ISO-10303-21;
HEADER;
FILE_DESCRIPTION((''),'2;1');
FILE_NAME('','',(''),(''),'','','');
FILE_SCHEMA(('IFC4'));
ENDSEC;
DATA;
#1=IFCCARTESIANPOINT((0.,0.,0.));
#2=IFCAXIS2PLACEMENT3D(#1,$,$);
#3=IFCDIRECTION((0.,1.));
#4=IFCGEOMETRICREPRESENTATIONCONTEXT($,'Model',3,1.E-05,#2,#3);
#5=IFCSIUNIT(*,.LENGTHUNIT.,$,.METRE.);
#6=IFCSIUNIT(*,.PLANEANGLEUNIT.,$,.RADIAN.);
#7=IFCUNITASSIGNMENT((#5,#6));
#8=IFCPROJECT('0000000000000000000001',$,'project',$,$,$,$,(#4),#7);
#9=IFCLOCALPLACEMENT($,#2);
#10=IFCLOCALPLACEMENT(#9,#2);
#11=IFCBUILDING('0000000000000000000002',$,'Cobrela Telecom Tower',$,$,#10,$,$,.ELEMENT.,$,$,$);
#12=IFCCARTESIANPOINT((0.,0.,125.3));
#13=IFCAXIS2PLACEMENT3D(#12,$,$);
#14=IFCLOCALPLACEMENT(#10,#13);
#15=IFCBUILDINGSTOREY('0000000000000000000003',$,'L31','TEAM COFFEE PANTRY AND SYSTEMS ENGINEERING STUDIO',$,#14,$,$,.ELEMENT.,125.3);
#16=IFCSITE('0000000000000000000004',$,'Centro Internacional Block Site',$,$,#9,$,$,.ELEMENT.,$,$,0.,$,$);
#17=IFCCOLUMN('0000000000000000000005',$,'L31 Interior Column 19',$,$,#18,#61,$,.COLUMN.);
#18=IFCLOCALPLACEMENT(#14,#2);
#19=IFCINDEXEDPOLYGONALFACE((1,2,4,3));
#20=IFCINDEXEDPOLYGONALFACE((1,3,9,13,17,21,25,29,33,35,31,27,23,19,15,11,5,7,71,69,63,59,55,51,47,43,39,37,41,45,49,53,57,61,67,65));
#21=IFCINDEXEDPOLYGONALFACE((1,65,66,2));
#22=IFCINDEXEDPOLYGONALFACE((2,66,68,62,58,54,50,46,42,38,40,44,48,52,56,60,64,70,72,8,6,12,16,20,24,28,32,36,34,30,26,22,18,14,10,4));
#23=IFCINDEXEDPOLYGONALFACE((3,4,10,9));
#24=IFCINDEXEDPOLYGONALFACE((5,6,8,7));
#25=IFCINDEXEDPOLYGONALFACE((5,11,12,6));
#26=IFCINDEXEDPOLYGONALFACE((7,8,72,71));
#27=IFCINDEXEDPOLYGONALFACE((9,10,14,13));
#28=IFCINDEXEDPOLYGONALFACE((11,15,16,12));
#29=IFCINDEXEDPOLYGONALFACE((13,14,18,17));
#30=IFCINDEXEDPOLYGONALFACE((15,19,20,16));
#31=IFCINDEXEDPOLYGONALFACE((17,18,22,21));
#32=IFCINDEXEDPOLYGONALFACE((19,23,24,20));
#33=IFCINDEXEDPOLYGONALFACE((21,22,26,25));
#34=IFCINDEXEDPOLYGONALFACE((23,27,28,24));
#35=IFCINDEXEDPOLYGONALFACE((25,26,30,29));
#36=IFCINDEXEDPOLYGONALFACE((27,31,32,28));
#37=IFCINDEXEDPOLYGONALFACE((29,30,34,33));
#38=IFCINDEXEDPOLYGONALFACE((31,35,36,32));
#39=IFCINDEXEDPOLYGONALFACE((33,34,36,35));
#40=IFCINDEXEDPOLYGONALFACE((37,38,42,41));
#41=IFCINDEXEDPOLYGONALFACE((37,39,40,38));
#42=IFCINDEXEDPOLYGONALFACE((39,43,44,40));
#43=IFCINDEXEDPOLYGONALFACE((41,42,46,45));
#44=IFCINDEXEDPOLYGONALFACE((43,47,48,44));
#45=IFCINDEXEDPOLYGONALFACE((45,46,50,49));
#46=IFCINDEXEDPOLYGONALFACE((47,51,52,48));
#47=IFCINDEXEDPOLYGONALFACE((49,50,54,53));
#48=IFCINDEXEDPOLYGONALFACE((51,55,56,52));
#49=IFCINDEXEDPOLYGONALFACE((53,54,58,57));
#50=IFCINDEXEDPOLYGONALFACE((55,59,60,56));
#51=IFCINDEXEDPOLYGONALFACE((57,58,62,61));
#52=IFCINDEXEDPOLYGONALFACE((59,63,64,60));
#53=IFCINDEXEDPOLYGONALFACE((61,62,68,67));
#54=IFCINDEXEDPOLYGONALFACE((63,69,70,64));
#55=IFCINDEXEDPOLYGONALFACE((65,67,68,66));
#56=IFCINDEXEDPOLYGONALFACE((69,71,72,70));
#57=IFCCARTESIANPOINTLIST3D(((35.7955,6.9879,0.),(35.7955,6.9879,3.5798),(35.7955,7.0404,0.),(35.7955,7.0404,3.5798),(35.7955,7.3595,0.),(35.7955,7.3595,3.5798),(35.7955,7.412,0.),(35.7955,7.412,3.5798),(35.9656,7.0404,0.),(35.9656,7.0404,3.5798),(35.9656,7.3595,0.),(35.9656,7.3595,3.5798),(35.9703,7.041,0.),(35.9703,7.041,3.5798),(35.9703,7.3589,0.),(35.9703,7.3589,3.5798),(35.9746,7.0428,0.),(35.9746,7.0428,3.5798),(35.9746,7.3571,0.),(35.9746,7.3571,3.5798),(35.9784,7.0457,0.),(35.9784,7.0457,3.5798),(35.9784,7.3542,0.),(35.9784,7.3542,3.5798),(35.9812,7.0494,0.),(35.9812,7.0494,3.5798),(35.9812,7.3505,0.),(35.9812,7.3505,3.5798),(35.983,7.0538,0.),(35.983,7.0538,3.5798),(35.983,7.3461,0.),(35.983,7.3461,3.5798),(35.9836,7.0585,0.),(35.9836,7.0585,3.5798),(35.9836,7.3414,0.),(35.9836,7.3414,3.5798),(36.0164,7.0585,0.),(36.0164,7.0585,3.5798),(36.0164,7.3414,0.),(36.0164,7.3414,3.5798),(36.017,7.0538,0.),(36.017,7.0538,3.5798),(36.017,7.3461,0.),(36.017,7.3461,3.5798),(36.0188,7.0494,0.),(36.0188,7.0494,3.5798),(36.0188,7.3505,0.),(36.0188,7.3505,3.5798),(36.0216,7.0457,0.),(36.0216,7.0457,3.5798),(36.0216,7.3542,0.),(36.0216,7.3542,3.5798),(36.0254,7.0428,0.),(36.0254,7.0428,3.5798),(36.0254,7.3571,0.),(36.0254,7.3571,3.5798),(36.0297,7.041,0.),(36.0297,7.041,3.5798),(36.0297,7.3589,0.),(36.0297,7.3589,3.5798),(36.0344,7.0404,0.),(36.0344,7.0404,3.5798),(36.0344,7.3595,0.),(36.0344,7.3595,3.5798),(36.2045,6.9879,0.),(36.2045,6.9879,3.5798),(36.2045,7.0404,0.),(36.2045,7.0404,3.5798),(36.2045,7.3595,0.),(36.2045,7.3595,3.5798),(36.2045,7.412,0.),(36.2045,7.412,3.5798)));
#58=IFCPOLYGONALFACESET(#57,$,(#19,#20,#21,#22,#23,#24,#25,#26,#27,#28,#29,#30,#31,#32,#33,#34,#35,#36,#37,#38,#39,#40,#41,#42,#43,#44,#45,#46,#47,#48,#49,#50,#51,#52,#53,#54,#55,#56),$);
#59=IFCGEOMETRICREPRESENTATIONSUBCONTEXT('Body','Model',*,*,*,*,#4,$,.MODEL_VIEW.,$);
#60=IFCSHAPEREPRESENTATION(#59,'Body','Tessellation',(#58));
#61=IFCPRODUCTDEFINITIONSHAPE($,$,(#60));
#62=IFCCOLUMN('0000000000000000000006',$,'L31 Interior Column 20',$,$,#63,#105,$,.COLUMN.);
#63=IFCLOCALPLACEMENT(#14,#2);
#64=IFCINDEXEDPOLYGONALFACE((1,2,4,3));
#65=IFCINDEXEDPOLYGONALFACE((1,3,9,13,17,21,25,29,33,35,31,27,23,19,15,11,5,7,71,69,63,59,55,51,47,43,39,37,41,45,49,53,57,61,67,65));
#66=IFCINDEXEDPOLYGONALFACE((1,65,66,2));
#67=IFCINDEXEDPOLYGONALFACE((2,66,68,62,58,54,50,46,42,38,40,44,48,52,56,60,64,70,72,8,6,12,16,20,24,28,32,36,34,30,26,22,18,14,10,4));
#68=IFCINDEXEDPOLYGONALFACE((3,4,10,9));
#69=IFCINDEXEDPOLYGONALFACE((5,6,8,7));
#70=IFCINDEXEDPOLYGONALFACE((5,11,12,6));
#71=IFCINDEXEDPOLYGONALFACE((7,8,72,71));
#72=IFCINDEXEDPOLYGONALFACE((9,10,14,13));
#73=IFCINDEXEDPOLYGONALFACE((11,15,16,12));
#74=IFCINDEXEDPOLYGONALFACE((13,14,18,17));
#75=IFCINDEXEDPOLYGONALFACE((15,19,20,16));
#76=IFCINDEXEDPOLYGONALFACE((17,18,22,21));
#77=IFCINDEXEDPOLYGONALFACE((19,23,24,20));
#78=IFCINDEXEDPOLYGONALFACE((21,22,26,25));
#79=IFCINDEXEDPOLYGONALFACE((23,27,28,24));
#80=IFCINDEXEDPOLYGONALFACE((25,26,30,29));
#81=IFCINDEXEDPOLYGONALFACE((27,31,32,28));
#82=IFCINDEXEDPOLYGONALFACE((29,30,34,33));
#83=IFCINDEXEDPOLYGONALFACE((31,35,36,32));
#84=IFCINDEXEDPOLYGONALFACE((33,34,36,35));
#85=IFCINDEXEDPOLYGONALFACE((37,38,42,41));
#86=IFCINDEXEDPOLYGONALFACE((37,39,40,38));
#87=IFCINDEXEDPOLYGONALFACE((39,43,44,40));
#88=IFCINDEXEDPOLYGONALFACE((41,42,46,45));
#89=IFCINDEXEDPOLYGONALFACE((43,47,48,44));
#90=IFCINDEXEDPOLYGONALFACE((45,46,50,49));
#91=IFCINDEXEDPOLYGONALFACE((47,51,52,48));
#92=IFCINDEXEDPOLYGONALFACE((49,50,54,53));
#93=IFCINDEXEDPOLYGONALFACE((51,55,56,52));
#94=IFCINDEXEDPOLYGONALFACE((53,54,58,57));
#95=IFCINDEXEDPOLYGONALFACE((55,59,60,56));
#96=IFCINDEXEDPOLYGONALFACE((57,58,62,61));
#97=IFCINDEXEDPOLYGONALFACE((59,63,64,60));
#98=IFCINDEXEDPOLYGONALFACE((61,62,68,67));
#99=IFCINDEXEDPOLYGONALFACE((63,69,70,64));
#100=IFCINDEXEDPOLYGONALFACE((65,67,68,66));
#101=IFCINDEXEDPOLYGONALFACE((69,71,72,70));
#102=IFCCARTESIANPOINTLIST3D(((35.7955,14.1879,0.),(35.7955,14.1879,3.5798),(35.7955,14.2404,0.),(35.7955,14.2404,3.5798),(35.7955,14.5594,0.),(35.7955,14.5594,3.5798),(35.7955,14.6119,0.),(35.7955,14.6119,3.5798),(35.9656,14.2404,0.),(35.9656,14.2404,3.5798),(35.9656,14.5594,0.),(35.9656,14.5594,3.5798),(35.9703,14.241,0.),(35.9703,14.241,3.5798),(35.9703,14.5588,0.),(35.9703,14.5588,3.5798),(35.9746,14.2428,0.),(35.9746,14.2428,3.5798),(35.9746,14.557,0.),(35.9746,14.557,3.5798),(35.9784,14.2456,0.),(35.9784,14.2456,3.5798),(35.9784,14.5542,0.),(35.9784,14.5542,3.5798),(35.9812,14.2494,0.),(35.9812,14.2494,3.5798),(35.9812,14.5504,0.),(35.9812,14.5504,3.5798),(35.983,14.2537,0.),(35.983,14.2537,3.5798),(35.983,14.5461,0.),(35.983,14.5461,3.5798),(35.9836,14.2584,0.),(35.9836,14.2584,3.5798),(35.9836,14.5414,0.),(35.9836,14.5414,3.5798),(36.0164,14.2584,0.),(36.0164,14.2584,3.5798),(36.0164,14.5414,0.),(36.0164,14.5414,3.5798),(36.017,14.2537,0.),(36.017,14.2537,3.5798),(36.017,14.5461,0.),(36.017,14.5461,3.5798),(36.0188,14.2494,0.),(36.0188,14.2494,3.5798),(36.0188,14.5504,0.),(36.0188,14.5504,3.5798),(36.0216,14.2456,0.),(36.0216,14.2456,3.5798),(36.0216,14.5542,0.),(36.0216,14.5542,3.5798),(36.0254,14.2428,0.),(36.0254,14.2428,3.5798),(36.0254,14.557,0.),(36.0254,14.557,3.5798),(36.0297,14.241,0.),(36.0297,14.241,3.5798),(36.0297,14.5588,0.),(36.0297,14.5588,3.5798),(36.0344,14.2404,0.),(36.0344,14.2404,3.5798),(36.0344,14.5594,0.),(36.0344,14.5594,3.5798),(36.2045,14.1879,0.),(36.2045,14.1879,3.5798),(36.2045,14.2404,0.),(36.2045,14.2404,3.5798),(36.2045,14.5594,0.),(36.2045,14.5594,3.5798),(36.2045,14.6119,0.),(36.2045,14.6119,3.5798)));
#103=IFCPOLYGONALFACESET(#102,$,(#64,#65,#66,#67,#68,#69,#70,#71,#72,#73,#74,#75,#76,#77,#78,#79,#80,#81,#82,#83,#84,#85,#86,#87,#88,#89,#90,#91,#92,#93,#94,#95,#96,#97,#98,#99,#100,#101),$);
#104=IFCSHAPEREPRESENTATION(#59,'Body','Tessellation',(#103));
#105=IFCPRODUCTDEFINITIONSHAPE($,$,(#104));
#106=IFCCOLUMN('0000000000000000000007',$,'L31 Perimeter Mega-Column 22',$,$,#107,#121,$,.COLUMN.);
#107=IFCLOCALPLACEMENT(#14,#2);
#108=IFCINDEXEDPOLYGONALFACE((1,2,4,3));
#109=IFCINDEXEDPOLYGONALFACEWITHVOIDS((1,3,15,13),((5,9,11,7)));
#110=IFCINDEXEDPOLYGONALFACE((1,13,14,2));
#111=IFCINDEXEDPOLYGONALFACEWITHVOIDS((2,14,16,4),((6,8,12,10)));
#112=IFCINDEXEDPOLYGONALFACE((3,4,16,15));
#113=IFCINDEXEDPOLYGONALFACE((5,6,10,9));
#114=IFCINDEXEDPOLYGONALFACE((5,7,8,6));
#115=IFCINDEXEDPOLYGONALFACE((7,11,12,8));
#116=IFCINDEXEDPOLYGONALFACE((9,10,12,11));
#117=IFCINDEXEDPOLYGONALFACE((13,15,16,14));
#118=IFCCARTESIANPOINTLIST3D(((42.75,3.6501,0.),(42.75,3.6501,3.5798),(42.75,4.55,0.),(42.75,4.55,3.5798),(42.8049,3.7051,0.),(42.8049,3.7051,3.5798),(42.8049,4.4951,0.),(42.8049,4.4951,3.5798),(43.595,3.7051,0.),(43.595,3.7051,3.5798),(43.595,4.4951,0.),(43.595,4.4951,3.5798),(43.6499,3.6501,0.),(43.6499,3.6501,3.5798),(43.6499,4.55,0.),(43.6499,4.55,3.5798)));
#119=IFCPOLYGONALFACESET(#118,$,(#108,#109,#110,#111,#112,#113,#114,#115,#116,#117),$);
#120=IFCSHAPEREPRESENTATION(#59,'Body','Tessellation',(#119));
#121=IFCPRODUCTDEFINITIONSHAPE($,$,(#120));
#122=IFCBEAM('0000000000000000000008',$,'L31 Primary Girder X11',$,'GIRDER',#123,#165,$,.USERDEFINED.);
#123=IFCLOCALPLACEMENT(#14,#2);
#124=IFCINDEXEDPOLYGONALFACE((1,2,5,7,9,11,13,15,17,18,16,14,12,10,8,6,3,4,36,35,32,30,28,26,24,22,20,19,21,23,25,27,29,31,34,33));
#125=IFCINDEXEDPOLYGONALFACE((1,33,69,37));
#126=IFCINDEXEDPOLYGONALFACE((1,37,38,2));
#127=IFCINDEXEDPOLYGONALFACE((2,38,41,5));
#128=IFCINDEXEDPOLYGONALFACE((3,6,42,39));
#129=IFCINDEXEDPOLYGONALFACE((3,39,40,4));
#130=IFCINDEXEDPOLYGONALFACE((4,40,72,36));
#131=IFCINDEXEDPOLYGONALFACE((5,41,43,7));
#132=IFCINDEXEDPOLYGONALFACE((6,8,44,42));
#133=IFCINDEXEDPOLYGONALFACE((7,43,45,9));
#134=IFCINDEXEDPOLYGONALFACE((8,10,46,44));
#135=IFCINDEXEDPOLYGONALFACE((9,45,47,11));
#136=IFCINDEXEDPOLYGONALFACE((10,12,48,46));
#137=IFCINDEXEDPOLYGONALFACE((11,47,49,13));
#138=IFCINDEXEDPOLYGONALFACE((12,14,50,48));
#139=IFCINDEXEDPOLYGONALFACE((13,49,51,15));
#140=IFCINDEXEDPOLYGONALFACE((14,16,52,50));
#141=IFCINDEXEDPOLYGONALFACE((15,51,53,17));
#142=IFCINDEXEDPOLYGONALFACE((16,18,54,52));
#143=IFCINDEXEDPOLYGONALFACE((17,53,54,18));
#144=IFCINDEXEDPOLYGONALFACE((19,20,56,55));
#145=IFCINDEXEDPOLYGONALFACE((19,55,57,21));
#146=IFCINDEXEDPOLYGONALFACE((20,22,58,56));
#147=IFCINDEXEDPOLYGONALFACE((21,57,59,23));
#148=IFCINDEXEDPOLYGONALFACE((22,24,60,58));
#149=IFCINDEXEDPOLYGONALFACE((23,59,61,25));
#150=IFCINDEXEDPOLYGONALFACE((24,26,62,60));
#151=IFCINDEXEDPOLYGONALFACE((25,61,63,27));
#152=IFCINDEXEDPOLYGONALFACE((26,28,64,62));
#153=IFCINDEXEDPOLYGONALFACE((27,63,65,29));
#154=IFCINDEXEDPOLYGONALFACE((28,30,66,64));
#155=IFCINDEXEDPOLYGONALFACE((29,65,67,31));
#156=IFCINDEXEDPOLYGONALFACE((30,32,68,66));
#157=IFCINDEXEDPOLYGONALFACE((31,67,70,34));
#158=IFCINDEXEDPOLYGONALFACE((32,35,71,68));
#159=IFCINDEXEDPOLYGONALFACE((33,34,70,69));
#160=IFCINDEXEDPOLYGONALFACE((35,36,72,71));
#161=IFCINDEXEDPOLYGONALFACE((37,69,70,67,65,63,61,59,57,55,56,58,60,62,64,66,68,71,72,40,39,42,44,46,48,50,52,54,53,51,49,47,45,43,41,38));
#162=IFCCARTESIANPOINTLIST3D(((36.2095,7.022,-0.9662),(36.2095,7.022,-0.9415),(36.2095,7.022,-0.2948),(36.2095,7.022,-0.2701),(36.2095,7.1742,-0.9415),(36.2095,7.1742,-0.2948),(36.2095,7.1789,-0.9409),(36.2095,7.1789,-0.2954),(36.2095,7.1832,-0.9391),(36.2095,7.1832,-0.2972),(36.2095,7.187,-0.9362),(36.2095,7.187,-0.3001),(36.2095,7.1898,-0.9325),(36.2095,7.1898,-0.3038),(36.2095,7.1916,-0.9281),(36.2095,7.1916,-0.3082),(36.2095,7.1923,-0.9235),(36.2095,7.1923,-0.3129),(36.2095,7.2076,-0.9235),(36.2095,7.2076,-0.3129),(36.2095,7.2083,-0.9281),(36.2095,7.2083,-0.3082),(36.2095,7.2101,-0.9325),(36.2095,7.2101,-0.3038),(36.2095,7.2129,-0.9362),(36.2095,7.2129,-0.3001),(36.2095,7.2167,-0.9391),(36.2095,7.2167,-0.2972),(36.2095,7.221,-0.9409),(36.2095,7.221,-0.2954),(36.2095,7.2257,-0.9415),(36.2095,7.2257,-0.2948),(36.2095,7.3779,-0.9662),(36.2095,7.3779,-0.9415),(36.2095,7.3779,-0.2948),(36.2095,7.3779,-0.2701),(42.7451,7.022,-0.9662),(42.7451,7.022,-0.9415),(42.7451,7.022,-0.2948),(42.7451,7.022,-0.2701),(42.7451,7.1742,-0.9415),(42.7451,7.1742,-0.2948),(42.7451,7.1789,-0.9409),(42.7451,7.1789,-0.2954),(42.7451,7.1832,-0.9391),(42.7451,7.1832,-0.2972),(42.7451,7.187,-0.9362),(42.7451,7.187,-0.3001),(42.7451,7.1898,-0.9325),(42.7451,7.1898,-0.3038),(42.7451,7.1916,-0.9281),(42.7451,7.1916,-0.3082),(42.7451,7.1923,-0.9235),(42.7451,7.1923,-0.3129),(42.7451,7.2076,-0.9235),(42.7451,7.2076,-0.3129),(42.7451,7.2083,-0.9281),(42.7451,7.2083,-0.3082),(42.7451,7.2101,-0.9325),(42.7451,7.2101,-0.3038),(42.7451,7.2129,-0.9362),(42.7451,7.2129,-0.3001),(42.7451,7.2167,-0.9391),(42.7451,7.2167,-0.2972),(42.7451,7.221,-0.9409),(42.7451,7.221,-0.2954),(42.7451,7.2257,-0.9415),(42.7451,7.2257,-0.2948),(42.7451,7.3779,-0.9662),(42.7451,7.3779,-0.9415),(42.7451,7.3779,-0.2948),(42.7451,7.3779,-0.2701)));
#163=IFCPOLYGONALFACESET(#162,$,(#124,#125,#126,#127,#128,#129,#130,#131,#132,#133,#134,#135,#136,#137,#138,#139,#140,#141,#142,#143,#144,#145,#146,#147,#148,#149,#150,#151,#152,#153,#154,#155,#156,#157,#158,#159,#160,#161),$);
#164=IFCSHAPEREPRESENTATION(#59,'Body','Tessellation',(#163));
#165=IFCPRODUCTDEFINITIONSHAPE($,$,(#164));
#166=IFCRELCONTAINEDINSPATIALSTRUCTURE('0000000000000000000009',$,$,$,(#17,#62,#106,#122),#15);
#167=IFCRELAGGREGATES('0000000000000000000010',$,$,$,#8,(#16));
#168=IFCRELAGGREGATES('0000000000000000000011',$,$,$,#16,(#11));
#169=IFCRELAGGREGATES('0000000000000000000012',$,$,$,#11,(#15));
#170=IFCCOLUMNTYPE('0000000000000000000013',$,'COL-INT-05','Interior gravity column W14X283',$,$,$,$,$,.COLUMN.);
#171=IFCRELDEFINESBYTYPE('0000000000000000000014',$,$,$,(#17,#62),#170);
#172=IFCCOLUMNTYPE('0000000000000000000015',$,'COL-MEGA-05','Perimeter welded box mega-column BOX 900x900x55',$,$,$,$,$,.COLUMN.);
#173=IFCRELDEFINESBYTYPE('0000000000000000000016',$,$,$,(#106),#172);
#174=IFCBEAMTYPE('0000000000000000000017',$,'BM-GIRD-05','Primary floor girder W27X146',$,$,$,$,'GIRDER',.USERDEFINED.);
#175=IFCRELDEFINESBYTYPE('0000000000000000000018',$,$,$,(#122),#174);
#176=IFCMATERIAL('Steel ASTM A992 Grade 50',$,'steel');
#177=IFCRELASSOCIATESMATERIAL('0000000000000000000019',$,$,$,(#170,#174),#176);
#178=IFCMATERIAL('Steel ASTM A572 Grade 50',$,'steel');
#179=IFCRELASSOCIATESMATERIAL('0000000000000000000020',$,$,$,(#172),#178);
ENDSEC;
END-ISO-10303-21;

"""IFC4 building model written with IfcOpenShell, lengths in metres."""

from ifc_helpers import new_model, si_unit, direction, frame, origin, origin_2d, place, context, subcontext, project, spatial, hollow_rectangle, i_section, extrude, material, material_profile, profile_set, type_object, element, save


model = new_model("IFC4")

# Units and contexts
model_context = context("Model", 3, precision=1e-05, world=origin(), true_north=direction((0.0, 1.0)))
body_context = subcontext(model_context, "Body", "Model", "MODEL_VIEW")
ifc_project = project(units=[si_unit("LENGTHUNIT", "METRE"), si_unit("PLANEANGLEUNIT", "RADIAN")], contexts=[model_context])

# Site, building, storey
site_placement = place(None, origin())
site = spatial("IfcSite", under=ifc_project, at=site_placement, Name="Centro Internacional Block Site", CompositionType="ELEMENT", RefElevation=0.0)
building_placement = place(site_placement, origin())
building = spatial("IfcBuilding", under=site, at=building_placement, Name="Cobrela Telecom Tower", CompositionType="ELEMENT")
storey_placement = place(building_placement, frame((0.0, 0.0, 125.3)))
storey = spatial("IfcBuildingStorey", under=building, at=storey_placement, Name="L31", Description="TEAM COFFEE PANTRY AND SYSTEMS ENGINEERING STUDIO", CompositionType="ELEMENT", Elevation=125.3)

# Columns
ifc_material_1 = material(Name="Steel ASTM A992 Grade 50", Category="steel")
ifc_material_profile_1 = material_profile(ifc_material_1, i_section(OverallWidth=0.4089, OverallDepth=0.4241, WebThickness=0.0327, FlangeThickness=0.0525, FilletRadius=0.0181, at=origin_2d()), Name="W14X283")
ifc_profile_set_1 = profile_set([ifc_material_profile_1], Name="Steel ASTM A992 Grade 50")
column_type_1 = type_object("IfcColumnType", Name="COL-INT-05", Description="Interior gravity column W14X283", PredefinedType="COLUMN", material=ifc_profile_set_1)
for number, where, z_axis, x_axis, name in (
    (1, (36.0, 7.2, 0.0), (0.0, 0.0, 1.0), (1.0, 0.0, 0.0), "L31 Interior Column 19"),
    (2, (36.0, 14.3999, 0.0), (0.0, 0.0, 1.0), (1.0, 0.0, 0.0), "L31 Interior Column 20"),
):
    element("IfcColumn", number, at=place(storey_placement, frame(where, z_axis=z_axis, x_axis=x_axis)), inside=storey, type_object=column_type_1, Name=name, PredefinedType="COLUMN", context=body_context, shape_type="SweptSolid", body=[
        extrude(i_section(OverallWidth=0.4089, OverallDepth=0.4241, WebThickness=0.0327, FlangeThickness=0.0525, FilletRadius=0.0181, at=origin_2d()), origin(), (0.0, 0.0, 1.0), 3.5798),
    ])
ifc_material_2 = material(Name="Steel ASTM A572 Grade 50", Category="steel")
ifc_material_profile_2 = material_profile(ifc_material_2, hollow_rectangle(XDim=0.8999, YDim=0.8999, WallThickness=0.0549, at=origin_2d()), Name="BOX 900x900x55")
ifc_profile_set_2 = profile_set([ifc_material_profile_2], Name="Steel ASTM A572 Grade 50")
column_type_2 = type_object("IfcColumnType", Name="COL-MEGA-05", Description="Perimeter welded box mega-column BOX 900x900x55", PredefinedType="COLUMN", material=ifc_profile_set_2)
column_placement = place(storey_placement, frame((43.2, 4.1001, 0.0), z_axis=(0.0, 0.0, 1.0), x_axis=(1.0, 0.0, 0.0)))
element("IfcColumn", 3, at=column_placement, inside=storey, type_object=column_type_2, Name="L31 Perimeter Mega-Column 22", PredefinedType="COLUMN", context=body_context, shape_type="SweptSolid", body=[
    extrude(hollow_rectangle(XDim=0.8999, YDim=0.8999, WallThickness=0.0549, at=origin_2d()), origin(), (0.0, 0.0, 1.0), 3.5798),
])

# Beam
ifc_material_profile_3 = material_profile(ifc_material_1, i_section(OverallWidth=0.356, OverallDepth=0.696, WebThickness=0.0154, FlangeThickness=0.0247, FilletRadius=0.0181, at=origin_2d()), Name="W27X146")
ifc_profile_set_3 = profile_set([ifc_material_profile_3], Name="Steel ASTM A992 Grade 50")
beam_type_1 = type_object("IfcBeamType", Name="BM-GIRD-05", Description="Primary floor girder W27X146", ElementType="GIRDER", PredefinedType="USERDEFINED", material=ifc_profile_set_3)
beam_1_placement = place(storey_placement, frame((36.2095, 7.2, -0.6182), z_axis=(1.0, 0.0, 0.0), x_axis=(0.0, 1.0, 0.0)))
element("IfcBeam", 4, at=beam_1_placement, inside=storey, type_object=beam_type_1, Name="L31 Primary Girder X11", ObjectType="GIRDER", PredefinedType="USERDEFINED", context=body_context, shape_type="SweptSolid", body=[
    extrude(i_section(OverallWidth=0.356, OverallDepth=0.696, WebThickness=0.0154, FlangeThickness=0.0247, FilletRadius=0.0181, at=origin_2d()), origin(), (0.0, 0.0, 1.0), 6.5356),
])

save(model, "model.ifc")
